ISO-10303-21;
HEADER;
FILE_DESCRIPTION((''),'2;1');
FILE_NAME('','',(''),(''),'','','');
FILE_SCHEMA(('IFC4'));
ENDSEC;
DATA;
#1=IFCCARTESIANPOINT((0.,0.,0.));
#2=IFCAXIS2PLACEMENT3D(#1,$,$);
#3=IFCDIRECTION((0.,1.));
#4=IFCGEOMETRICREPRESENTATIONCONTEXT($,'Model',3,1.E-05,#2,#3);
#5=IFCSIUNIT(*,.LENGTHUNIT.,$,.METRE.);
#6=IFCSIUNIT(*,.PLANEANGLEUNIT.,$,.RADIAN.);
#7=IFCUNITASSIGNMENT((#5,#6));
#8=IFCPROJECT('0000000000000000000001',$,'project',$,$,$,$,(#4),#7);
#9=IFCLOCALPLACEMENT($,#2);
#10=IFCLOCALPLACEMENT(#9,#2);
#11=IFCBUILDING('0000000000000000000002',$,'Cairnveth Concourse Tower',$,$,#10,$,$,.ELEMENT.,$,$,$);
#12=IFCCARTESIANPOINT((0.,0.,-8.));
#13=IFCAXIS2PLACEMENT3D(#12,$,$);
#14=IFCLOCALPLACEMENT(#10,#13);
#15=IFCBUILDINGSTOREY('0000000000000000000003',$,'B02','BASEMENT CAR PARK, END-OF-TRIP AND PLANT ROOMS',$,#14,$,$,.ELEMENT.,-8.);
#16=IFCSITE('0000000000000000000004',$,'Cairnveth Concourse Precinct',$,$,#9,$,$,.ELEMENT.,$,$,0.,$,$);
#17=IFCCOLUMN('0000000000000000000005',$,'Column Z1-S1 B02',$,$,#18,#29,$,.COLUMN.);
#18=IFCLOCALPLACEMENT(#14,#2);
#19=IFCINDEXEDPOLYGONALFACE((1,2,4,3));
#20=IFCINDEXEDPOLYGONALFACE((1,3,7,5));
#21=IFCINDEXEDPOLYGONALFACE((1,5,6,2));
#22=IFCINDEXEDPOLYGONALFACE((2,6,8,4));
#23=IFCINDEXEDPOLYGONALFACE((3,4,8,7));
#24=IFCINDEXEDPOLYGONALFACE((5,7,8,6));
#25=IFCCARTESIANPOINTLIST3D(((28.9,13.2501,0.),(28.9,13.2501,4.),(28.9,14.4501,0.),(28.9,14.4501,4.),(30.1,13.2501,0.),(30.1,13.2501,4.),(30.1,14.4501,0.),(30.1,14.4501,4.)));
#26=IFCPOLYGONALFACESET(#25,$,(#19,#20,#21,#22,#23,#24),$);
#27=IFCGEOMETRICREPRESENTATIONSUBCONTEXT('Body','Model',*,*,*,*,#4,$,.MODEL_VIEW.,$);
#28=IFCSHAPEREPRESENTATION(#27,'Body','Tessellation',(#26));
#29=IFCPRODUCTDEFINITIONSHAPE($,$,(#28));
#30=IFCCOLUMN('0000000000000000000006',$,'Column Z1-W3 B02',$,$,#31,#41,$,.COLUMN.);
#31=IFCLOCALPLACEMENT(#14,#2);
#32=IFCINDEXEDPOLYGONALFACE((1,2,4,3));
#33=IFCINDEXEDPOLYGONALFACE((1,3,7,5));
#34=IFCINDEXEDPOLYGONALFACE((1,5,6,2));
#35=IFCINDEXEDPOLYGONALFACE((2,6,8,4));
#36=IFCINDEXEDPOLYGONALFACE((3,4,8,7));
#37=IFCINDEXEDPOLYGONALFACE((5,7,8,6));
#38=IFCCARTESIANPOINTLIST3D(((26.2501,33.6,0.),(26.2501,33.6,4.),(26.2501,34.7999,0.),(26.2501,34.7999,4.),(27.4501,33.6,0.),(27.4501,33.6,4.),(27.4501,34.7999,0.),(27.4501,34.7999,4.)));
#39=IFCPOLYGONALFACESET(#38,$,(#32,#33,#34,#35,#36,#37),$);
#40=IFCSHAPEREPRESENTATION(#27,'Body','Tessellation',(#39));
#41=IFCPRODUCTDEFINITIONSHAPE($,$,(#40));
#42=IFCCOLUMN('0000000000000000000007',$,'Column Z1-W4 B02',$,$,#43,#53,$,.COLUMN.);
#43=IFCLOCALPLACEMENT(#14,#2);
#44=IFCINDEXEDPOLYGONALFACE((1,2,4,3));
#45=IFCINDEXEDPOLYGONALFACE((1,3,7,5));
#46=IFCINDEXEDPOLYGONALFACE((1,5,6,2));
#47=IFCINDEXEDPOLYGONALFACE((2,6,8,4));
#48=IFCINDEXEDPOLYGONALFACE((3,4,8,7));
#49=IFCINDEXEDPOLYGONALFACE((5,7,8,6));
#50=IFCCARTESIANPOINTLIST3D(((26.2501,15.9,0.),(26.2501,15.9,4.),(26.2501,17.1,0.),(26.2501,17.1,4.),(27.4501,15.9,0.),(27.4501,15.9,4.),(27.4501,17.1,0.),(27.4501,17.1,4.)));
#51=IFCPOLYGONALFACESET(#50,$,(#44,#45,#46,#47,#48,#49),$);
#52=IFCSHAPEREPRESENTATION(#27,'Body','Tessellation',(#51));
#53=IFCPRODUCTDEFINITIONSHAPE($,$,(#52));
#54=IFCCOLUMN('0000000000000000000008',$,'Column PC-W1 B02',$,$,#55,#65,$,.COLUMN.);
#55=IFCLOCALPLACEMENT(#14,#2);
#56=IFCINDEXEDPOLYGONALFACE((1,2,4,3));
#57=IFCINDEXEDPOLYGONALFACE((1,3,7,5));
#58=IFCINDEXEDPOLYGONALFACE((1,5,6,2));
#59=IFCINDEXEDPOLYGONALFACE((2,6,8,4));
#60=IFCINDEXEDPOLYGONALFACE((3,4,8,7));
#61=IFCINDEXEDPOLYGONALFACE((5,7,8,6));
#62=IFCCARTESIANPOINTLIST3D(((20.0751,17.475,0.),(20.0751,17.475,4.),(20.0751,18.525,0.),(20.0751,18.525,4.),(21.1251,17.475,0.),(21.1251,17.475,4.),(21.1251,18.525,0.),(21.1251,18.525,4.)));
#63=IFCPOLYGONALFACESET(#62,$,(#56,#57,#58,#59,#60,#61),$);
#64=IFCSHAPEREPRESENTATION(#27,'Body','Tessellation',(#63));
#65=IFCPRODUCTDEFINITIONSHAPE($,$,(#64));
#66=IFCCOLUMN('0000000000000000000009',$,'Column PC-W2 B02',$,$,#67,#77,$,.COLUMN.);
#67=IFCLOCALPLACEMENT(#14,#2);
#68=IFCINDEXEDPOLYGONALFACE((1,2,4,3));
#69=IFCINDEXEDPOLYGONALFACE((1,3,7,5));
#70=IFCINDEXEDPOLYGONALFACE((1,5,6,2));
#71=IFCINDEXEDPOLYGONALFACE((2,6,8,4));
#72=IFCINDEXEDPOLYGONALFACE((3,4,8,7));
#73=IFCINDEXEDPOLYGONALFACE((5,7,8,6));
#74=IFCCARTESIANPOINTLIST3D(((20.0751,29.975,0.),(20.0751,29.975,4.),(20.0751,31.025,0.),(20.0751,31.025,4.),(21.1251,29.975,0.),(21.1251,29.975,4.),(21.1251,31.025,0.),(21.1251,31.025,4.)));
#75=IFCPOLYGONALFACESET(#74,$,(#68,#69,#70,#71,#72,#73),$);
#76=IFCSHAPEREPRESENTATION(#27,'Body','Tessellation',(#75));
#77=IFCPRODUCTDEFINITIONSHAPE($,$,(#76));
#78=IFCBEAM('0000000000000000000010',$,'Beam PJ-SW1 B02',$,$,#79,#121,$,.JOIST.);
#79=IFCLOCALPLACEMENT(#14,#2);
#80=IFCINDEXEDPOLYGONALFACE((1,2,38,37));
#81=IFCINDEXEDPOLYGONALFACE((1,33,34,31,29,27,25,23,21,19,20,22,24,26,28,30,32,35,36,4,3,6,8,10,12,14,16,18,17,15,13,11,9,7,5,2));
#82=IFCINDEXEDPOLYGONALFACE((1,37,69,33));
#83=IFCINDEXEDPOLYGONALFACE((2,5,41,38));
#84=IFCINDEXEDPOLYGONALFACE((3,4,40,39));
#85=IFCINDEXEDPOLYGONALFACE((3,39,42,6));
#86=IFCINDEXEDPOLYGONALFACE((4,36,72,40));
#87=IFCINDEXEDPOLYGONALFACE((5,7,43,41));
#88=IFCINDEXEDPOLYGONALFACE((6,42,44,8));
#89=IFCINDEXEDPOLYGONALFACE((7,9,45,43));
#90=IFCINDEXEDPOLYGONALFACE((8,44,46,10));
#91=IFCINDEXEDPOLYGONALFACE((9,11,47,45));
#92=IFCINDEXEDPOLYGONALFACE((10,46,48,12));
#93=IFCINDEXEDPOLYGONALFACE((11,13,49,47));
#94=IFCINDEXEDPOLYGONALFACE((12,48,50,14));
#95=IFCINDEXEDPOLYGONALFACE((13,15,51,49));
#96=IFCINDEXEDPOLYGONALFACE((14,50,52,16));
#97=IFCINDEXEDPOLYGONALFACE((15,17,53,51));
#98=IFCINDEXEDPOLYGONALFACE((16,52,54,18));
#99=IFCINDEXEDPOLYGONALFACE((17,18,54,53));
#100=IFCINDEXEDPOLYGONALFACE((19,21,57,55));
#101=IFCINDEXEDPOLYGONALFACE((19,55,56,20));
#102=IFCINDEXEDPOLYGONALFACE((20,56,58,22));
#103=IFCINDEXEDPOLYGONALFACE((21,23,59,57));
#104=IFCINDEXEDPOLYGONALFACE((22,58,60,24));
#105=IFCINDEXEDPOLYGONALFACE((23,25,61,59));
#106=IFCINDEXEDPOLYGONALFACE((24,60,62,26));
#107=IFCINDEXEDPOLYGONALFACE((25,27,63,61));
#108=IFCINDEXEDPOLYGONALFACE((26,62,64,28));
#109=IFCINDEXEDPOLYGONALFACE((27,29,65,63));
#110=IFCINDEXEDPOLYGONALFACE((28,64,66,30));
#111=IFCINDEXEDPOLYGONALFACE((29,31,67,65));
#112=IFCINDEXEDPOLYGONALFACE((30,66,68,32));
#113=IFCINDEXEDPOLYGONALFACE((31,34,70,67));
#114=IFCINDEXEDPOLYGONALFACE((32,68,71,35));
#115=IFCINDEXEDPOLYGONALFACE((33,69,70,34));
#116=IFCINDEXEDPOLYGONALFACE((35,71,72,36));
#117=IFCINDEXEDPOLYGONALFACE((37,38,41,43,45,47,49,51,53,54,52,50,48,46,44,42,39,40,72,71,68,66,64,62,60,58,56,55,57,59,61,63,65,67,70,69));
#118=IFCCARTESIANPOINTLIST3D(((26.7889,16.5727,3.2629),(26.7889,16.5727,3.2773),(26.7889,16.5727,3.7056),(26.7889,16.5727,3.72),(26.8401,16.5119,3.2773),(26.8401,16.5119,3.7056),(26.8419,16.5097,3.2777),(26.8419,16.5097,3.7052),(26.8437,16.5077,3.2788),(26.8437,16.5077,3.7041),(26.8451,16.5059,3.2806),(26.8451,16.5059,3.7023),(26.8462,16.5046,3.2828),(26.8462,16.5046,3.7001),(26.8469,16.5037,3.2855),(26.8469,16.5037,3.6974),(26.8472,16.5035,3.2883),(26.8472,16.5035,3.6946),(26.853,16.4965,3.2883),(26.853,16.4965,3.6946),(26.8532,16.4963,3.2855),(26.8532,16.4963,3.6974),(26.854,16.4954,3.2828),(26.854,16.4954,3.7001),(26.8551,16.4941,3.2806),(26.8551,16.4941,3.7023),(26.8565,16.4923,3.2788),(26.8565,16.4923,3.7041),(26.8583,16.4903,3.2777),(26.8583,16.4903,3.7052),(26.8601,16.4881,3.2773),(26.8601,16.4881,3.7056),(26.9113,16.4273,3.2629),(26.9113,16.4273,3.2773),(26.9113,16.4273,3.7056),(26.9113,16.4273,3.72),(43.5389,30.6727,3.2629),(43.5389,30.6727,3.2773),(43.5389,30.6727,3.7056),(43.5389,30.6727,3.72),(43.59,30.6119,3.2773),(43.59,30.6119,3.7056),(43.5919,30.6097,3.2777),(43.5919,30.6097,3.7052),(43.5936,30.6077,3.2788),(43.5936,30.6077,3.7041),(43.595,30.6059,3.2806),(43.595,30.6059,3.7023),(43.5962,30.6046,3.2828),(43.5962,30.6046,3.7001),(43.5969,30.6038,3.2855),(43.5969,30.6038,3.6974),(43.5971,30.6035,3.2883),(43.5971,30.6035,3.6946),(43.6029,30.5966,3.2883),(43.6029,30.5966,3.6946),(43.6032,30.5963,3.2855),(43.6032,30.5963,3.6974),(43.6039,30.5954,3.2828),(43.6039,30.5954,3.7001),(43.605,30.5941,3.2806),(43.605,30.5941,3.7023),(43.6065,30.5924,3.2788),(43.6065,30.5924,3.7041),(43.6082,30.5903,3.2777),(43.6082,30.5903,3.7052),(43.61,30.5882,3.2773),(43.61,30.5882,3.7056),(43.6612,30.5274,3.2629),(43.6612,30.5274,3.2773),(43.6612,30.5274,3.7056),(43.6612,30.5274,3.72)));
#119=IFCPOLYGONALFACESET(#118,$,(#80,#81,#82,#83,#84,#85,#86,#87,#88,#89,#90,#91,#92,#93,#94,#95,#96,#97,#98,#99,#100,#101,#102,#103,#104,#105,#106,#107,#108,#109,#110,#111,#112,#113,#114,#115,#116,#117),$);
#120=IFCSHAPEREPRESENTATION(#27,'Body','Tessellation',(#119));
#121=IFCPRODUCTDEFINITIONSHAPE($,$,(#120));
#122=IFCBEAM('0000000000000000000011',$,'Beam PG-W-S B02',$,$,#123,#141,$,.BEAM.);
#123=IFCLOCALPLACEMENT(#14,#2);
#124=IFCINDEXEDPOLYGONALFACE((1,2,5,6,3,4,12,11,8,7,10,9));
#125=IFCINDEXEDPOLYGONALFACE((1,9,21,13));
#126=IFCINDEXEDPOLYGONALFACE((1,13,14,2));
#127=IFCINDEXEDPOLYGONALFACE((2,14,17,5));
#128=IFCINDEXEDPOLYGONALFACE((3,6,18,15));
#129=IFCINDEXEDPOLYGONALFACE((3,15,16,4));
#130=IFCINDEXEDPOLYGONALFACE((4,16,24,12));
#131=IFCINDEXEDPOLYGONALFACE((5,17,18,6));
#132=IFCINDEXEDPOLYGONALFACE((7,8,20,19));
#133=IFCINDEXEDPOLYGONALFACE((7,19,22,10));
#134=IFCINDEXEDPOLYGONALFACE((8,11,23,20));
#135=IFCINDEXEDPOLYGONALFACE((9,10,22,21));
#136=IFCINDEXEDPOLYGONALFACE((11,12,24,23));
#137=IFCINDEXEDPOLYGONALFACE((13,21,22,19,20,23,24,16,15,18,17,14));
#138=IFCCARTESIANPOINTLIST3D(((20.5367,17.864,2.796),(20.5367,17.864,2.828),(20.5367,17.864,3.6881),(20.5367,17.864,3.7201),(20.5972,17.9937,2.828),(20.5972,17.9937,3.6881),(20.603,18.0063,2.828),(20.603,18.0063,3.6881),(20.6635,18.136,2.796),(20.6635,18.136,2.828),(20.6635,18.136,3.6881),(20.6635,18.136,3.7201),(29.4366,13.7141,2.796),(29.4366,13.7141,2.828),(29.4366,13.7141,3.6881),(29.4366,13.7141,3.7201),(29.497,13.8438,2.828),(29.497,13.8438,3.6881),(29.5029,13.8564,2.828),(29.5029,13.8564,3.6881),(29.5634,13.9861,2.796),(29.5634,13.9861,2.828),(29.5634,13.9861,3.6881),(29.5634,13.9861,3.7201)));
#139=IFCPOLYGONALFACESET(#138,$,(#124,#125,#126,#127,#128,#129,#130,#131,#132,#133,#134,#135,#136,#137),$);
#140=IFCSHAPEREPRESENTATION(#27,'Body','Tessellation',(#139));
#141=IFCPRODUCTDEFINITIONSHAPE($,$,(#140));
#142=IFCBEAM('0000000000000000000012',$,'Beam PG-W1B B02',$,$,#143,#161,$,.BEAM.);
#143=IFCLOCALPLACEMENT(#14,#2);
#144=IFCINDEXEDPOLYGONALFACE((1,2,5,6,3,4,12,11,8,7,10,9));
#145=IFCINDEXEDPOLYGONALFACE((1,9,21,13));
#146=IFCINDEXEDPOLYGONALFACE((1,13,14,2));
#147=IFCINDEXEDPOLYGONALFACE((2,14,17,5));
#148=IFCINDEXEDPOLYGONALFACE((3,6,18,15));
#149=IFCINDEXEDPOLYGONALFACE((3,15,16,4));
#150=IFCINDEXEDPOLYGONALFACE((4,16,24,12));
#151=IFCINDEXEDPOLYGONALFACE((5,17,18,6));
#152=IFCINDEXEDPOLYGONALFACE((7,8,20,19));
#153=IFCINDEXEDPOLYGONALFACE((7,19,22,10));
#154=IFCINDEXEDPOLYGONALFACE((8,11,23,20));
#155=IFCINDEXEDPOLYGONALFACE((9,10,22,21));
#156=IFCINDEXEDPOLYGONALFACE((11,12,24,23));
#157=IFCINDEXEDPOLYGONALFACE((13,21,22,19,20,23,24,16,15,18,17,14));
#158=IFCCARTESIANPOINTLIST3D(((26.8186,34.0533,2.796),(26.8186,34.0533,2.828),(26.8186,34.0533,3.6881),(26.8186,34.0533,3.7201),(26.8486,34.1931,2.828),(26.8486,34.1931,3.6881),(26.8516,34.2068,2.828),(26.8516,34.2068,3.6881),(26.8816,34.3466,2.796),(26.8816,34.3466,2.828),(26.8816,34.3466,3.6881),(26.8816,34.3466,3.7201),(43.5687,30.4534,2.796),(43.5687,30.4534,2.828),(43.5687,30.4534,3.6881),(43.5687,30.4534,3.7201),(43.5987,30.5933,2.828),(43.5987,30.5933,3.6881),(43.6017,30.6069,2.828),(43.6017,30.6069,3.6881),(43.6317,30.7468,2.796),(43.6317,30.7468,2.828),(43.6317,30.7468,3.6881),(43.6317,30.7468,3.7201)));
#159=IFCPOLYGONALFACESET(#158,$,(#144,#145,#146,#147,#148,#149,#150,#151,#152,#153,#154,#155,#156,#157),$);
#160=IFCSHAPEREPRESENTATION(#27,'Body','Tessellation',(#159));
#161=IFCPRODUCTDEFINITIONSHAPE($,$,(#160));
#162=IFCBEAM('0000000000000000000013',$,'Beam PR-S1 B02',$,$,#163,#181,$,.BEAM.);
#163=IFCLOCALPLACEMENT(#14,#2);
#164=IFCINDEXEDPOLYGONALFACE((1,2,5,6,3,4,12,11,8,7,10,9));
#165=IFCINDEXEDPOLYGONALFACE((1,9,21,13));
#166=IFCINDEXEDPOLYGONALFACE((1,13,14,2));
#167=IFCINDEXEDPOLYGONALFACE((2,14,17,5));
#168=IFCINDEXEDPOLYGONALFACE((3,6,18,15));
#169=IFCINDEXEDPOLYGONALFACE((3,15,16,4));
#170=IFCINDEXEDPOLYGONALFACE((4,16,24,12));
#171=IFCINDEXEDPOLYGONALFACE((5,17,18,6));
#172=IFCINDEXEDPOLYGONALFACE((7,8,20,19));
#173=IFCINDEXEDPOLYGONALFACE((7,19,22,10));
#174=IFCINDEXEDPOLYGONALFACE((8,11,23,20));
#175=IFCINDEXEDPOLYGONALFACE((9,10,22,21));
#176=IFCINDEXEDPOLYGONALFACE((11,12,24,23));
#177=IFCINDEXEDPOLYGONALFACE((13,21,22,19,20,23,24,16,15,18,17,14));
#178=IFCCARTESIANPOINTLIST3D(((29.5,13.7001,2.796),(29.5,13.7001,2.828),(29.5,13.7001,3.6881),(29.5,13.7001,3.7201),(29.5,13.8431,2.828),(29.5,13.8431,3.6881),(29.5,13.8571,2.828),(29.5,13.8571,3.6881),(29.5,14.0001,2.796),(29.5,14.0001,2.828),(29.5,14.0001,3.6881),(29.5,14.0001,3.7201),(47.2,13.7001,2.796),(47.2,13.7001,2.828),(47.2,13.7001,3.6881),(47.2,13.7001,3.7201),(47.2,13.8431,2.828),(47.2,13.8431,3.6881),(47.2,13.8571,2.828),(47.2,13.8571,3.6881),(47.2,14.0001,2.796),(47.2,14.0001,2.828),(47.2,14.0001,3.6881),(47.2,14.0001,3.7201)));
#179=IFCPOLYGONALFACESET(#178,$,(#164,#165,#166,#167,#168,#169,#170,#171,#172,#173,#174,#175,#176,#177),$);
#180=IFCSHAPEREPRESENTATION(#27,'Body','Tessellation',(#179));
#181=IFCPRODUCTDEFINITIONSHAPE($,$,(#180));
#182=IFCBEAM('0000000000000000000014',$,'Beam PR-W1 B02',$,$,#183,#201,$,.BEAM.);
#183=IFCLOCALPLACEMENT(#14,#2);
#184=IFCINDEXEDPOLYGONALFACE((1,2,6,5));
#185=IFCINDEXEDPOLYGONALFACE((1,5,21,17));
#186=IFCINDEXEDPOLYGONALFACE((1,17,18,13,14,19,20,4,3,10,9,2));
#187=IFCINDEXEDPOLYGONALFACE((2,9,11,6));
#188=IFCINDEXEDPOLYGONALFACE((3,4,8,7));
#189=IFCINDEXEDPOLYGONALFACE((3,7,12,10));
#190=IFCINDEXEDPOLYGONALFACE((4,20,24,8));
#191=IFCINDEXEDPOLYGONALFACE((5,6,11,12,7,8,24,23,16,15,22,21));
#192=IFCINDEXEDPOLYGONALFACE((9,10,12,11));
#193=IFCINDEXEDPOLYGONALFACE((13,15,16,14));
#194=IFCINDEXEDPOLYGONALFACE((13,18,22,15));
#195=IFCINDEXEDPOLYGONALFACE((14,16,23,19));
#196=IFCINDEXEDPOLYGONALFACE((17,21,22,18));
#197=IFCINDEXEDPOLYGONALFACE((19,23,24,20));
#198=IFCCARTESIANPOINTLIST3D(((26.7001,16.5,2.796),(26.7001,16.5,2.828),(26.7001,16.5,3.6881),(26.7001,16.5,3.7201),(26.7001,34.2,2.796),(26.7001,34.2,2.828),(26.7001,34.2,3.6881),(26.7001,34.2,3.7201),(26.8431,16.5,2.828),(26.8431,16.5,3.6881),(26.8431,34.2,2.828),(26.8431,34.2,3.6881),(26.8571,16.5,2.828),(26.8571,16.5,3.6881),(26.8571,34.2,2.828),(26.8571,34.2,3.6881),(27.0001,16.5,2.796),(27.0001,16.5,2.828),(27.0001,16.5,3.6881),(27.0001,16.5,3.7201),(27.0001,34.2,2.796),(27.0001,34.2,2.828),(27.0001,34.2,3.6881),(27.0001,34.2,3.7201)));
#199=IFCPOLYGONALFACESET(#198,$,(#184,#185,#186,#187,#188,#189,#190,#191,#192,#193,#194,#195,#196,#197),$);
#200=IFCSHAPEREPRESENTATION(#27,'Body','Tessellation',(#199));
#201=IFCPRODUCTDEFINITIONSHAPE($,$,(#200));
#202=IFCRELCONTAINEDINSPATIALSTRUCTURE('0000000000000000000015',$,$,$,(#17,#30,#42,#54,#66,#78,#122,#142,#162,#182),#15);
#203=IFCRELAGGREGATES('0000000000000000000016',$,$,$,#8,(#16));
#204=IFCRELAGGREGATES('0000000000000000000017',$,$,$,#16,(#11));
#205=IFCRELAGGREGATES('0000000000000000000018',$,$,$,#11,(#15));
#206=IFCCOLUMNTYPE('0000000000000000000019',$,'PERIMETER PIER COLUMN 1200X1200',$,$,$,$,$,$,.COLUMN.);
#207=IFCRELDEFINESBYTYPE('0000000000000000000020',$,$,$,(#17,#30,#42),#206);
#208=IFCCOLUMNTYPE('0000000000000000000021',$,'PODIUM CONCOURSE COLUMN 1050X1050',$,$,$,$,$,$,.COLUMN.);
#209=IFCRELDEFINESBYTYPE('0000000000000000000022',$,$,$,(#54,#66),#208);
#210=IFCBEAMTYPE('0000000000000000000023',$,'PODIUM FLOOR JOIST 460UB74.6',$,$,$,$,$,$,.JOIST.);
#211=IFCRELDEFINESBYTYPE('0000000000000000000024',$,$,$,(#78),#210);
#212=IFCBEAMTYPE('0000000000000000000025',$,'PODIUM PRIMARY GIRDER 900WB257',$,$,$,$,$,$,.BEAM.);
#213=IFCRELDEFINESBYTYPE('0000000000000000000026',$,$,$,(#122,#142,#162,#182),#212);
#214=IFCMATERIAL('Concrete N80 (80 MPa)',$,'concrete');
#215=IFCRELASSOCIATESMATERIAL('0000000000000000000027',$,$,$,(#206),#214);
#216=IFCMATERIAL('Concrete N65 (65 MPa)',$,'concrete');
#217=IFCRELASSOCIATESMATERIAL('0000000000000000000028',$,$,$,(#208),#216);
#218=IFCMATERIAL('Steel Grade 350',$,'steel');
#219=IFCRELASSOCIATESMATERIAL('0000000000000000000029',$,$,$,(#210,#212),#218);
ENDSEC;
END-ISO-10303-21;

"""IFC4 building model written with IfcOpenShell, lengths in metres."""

from ifc_helpers import new_model, si_unit, direction, frame, origin, origin_2d, place, context, subcontext, project, spatial, rectangle, i_section, extrude, material, material_profile, profile_set, type_object, element, save


model = new_model("IFC4")

# Units and contexts
model_context = context("Model", 3, precision=1e-05, world=origin(), true_north=direction((0.0, 1.0)))
body_context = subcontext(model_context, "Body", "Model", "MODEL_VIEW")
ifc_project = project(units=[si_unit("LENGTHUNIT", "METRE"), si_unit("PLANEANGLEUNIT", "RADIAN")], contexts=[model_context])

# Site, building, storey
site_placement = place(None, origin())
site = spatial("IfcSite", under=ifc_project, at=site_placement, Name="Cairnveth Concourse Precinct", CompositionType="ELEMENT", RefElevation=0.0)
building_placement = place(site_placement, origin())
building = spatial("IfcBuilding", under=site, at=building_placement, Name="Cairnveth Concourse Tower", CompositionType="ELEMENT")
storey_placement = place(building_placement, frame((0.0, 0.0, -8.0)))
storey = spatial("IfcBuildingStorey", under=building, at=storey_placement, Name="B02", Description="BASEMENT CAR PARK, END-OF-TRIP AND PLANT ROOMS", CompositionType="ELEMENT", Elevation=-8.0)

# Shared definitions
ifc_material_1 = material(Name="Concrete N65 (65 MPa)", Category="concrete")

# Columns
ifc_material_2 = material(Name="Concrete N80 (80 MPa)", Category="concrete")
ifc_material_profile_1 = material_profile(ifc_material_2, rectangle(XDim=1.2, YDim=1.2, at=origin_2d()), Name="RC-COL-1200x1200")
ifc_profile_set_1 = profile_set([ifc_material_profile_1], Name="Concrete N80 (80 MPa)")
column_type_1 = type_object("IfcColumnType", Name="PERIMETER PIER COLUMN 1200X1200", PredefinedType="COLUMN", material=ifc_profile_set_1)
for number, where, z_axis, x_axis, name in (
    (1, (29.5, 13.8501, 0.0), (0.0, 0.0, 1.0), (1.0, 0.0, 0.0), "Column Z1-S1 B02"),
    (2, (26.8501, 34.2, 0.0), (0.0, 0.0, 1.0), (1.0, 0.0, 0.0), "Column Z1-W3 B02"),
    (3, (26.8501, 16.5, 0.0), (0.0, 0.0, 1.0), (1.0, 0.0, 0.0), "Column Z1-W4 B02"),
):
    element("IfcColumn", number, at=place(storey_placement, frame(where, z_axis=z_axis, x_axis=x_axis)), inside=storey, type_object=column_type_1, Name=name, PredefinedType="COLUMN", context=body_context, shape_type="SweptSolid", body=[
        extrude(rectangle(XDim=1.2, YDim=1.2, at=origin_2d()), origin(), (0.0, 0.0, 1.0), 4.0),
    ])
ifc_material_profile_2 = material_profile(ifc_material_1, rectangle(XDim=1.05, YDim=1.05, at=origin_2d()), Name="RC-COL-1050x1050")
ifc_profile_set_2 = profile_set([ifc_material_profile_2], Name="Concrete N65 (65 MPa)")
column_type_2 = type_object("IfcColumnType", Name="PODIUM CONCOURSE COLUMN 1050X1050", PredefinedType="COLUMN", material=ifc_profile_set_2)
for number, where, z_axis, x_axis, name in (
    (4, (20.6001, 18.0, 0.0), (0.0, 0.0, 1.0), (1.0, 0.0, 0.0), "Column PC-W1 B02"),
    (5, (20.6001, 30.5, 0.0), (0.0, 0.0, 1.0), (1.0, 0.0, 0.0), "Column PC-W2 B02"),
):
    element("IfcColumn", number, at=place(storey_placement, frame(where, z_axis=z_axis, x_axis=x_axis)), inside=storey, type_object=column_type_2, Name=name, PredefinedType="COLUMN", context=body_context, shape_type="SweptSolid", body=[
        extrude(rectangle(XDim=1.05, YDim=1.05, at=origin_2d()), origin(), (0.0, 0.0, 1.0), 4.0),
    ])

# Beams
ifc_material_3 = material(Name="Steel Grade 350", Category="steel")
ifc_material_profile_3 = material_profile(ifc_material_3, i_section(OverallWidth=0.1899, OverallDepth=0.457, WebThickness=0.009, FlangeThickness=0.0144, FilletRadius=0.011, at=origin_2d()), Name="460UB74.6")
ifc_profile_set_3 = profile_set([ifc_material_profile_3], Name="Steel Grade 350")
beam_type_1 = type_object("IfcBeamType", Name="PODIUM FLOOR JOIST 460UB74.6", PredefinedType="JOIST", material=ifc_profile_set_3)
beam_1_placement = place(storey_placement, frame((26.8501, 16.5, 3.4915), z_axis=(0.765027, 0.643998, 0.0), x_axis=(-0.643998, 0.765027, 0.0)))
element("IfcBeam", 6, at=beam_1_placement, inside=storey, type_object=beam_type_1, Name="Beam PJ-SW1 B02", PredefinedType="JOIST", context=body_context, shape_type="SweptSolid", body=[
    extrude(i_section(OverallWidth=0.1899, OverallDepth=0.457, WebThickness=0.009, FlangeThickness=0.0144, FilletRadius=0.011, at=origin_2d()), origin(), (0.0, 0.0, 1.0), 21.8945),
])
ifc_material_profile_4 = material_profile(ifc_material_3, i_section(OverallWidth=0.3, OverallDepth=0.9241, WebThickness=0.0139, FlangeThickness=0.032, at=origin_2d()), Name="900WB257")
ifc_profile_set_4 = profile_set([ifc_material_profile_4], Name="Steel Grade 350")
beam_type_2 = type_object("IfcBeamType", Name="PODIUM PRIMARY GIRDER 900WB257", PredefinedType="BEAM", material=ifc_profile_set_4)
beam_2_placement = place(storey_placement, frame((20.6001, 18.0, 3.2581), z_axis=(0.906315, -0.422602, 0.0), x_axis=(0.422602, 0.906315, 0.0)))
element("IfcBeam", 7, at=beam_2_placement, inside=storey, type_object=beam_type_2, Name="Beam PG-W-S B02", PredefinedType="BEAM", context=body_context, shape_type="SweptSolid", body=[
    extrude(i_section(OverallWidth=0.3, OverallDepth=0.9241, WebThickness=0.0139, FlangeThickness=0.032, at=origin_2d()), origin(), (0.0, 0.0, 1.0), 9.8198),
])
beam_3_placement = place(storey_placement, frame((26.8501, 34.2, 3.2581), z_axis=(0.977676, -0.210119, 0.0), x_axis=(0.210119, 0.977676, 0.0)))
element("IfcBeam", 8, at=beam_3_placement, inside=storey, type_object=beam_type_2, Name="Beam PG-W1B B02", PredefinedType="BEAM", context=body_context, shape_type="SweptSolid", body=[
    extrude(i_section(OverallWidth=0.3, OverallDepth=0.9241, WebThickness=0.0139, FlangeThickness=0.032, at=origin_2d()), origin(), (0.0, 0.0, 1.0), 17.1326),
])
for number, where, z_axis, x_axis, name in (
    (9, (29.5, 13.8501, 3.2581), (1.0, 0.0, 0.0), (0.0, 1.0, 0.0), "Beam PR-S1 B02"),
    (10, (26.8501, 16.5, 3.2581), (0.0, 1.0, 0.0), (-1.0, 0.0, 0.0), "Beam PR-W1 B02"),
):
    element("IfcBeam", number, at=place(storey_placement, frame(where, z_axis=z_axis, x_axis=x_axis)), inside=storey, type_object=beam_type_2, Name=name, PredefinedType="BEAM", context=body_context, shape_type="SweptSolid", body=[
        extrude(i_section(OverallWidth=0.3, OverallDepth=0.9241, WebThickness=0.0139, FlangeThickness=0.032, at=origin_2d()), origin(), (0.0, 0.0, 1.0), 17.7),
    ])

save(model, "model.ifc")
